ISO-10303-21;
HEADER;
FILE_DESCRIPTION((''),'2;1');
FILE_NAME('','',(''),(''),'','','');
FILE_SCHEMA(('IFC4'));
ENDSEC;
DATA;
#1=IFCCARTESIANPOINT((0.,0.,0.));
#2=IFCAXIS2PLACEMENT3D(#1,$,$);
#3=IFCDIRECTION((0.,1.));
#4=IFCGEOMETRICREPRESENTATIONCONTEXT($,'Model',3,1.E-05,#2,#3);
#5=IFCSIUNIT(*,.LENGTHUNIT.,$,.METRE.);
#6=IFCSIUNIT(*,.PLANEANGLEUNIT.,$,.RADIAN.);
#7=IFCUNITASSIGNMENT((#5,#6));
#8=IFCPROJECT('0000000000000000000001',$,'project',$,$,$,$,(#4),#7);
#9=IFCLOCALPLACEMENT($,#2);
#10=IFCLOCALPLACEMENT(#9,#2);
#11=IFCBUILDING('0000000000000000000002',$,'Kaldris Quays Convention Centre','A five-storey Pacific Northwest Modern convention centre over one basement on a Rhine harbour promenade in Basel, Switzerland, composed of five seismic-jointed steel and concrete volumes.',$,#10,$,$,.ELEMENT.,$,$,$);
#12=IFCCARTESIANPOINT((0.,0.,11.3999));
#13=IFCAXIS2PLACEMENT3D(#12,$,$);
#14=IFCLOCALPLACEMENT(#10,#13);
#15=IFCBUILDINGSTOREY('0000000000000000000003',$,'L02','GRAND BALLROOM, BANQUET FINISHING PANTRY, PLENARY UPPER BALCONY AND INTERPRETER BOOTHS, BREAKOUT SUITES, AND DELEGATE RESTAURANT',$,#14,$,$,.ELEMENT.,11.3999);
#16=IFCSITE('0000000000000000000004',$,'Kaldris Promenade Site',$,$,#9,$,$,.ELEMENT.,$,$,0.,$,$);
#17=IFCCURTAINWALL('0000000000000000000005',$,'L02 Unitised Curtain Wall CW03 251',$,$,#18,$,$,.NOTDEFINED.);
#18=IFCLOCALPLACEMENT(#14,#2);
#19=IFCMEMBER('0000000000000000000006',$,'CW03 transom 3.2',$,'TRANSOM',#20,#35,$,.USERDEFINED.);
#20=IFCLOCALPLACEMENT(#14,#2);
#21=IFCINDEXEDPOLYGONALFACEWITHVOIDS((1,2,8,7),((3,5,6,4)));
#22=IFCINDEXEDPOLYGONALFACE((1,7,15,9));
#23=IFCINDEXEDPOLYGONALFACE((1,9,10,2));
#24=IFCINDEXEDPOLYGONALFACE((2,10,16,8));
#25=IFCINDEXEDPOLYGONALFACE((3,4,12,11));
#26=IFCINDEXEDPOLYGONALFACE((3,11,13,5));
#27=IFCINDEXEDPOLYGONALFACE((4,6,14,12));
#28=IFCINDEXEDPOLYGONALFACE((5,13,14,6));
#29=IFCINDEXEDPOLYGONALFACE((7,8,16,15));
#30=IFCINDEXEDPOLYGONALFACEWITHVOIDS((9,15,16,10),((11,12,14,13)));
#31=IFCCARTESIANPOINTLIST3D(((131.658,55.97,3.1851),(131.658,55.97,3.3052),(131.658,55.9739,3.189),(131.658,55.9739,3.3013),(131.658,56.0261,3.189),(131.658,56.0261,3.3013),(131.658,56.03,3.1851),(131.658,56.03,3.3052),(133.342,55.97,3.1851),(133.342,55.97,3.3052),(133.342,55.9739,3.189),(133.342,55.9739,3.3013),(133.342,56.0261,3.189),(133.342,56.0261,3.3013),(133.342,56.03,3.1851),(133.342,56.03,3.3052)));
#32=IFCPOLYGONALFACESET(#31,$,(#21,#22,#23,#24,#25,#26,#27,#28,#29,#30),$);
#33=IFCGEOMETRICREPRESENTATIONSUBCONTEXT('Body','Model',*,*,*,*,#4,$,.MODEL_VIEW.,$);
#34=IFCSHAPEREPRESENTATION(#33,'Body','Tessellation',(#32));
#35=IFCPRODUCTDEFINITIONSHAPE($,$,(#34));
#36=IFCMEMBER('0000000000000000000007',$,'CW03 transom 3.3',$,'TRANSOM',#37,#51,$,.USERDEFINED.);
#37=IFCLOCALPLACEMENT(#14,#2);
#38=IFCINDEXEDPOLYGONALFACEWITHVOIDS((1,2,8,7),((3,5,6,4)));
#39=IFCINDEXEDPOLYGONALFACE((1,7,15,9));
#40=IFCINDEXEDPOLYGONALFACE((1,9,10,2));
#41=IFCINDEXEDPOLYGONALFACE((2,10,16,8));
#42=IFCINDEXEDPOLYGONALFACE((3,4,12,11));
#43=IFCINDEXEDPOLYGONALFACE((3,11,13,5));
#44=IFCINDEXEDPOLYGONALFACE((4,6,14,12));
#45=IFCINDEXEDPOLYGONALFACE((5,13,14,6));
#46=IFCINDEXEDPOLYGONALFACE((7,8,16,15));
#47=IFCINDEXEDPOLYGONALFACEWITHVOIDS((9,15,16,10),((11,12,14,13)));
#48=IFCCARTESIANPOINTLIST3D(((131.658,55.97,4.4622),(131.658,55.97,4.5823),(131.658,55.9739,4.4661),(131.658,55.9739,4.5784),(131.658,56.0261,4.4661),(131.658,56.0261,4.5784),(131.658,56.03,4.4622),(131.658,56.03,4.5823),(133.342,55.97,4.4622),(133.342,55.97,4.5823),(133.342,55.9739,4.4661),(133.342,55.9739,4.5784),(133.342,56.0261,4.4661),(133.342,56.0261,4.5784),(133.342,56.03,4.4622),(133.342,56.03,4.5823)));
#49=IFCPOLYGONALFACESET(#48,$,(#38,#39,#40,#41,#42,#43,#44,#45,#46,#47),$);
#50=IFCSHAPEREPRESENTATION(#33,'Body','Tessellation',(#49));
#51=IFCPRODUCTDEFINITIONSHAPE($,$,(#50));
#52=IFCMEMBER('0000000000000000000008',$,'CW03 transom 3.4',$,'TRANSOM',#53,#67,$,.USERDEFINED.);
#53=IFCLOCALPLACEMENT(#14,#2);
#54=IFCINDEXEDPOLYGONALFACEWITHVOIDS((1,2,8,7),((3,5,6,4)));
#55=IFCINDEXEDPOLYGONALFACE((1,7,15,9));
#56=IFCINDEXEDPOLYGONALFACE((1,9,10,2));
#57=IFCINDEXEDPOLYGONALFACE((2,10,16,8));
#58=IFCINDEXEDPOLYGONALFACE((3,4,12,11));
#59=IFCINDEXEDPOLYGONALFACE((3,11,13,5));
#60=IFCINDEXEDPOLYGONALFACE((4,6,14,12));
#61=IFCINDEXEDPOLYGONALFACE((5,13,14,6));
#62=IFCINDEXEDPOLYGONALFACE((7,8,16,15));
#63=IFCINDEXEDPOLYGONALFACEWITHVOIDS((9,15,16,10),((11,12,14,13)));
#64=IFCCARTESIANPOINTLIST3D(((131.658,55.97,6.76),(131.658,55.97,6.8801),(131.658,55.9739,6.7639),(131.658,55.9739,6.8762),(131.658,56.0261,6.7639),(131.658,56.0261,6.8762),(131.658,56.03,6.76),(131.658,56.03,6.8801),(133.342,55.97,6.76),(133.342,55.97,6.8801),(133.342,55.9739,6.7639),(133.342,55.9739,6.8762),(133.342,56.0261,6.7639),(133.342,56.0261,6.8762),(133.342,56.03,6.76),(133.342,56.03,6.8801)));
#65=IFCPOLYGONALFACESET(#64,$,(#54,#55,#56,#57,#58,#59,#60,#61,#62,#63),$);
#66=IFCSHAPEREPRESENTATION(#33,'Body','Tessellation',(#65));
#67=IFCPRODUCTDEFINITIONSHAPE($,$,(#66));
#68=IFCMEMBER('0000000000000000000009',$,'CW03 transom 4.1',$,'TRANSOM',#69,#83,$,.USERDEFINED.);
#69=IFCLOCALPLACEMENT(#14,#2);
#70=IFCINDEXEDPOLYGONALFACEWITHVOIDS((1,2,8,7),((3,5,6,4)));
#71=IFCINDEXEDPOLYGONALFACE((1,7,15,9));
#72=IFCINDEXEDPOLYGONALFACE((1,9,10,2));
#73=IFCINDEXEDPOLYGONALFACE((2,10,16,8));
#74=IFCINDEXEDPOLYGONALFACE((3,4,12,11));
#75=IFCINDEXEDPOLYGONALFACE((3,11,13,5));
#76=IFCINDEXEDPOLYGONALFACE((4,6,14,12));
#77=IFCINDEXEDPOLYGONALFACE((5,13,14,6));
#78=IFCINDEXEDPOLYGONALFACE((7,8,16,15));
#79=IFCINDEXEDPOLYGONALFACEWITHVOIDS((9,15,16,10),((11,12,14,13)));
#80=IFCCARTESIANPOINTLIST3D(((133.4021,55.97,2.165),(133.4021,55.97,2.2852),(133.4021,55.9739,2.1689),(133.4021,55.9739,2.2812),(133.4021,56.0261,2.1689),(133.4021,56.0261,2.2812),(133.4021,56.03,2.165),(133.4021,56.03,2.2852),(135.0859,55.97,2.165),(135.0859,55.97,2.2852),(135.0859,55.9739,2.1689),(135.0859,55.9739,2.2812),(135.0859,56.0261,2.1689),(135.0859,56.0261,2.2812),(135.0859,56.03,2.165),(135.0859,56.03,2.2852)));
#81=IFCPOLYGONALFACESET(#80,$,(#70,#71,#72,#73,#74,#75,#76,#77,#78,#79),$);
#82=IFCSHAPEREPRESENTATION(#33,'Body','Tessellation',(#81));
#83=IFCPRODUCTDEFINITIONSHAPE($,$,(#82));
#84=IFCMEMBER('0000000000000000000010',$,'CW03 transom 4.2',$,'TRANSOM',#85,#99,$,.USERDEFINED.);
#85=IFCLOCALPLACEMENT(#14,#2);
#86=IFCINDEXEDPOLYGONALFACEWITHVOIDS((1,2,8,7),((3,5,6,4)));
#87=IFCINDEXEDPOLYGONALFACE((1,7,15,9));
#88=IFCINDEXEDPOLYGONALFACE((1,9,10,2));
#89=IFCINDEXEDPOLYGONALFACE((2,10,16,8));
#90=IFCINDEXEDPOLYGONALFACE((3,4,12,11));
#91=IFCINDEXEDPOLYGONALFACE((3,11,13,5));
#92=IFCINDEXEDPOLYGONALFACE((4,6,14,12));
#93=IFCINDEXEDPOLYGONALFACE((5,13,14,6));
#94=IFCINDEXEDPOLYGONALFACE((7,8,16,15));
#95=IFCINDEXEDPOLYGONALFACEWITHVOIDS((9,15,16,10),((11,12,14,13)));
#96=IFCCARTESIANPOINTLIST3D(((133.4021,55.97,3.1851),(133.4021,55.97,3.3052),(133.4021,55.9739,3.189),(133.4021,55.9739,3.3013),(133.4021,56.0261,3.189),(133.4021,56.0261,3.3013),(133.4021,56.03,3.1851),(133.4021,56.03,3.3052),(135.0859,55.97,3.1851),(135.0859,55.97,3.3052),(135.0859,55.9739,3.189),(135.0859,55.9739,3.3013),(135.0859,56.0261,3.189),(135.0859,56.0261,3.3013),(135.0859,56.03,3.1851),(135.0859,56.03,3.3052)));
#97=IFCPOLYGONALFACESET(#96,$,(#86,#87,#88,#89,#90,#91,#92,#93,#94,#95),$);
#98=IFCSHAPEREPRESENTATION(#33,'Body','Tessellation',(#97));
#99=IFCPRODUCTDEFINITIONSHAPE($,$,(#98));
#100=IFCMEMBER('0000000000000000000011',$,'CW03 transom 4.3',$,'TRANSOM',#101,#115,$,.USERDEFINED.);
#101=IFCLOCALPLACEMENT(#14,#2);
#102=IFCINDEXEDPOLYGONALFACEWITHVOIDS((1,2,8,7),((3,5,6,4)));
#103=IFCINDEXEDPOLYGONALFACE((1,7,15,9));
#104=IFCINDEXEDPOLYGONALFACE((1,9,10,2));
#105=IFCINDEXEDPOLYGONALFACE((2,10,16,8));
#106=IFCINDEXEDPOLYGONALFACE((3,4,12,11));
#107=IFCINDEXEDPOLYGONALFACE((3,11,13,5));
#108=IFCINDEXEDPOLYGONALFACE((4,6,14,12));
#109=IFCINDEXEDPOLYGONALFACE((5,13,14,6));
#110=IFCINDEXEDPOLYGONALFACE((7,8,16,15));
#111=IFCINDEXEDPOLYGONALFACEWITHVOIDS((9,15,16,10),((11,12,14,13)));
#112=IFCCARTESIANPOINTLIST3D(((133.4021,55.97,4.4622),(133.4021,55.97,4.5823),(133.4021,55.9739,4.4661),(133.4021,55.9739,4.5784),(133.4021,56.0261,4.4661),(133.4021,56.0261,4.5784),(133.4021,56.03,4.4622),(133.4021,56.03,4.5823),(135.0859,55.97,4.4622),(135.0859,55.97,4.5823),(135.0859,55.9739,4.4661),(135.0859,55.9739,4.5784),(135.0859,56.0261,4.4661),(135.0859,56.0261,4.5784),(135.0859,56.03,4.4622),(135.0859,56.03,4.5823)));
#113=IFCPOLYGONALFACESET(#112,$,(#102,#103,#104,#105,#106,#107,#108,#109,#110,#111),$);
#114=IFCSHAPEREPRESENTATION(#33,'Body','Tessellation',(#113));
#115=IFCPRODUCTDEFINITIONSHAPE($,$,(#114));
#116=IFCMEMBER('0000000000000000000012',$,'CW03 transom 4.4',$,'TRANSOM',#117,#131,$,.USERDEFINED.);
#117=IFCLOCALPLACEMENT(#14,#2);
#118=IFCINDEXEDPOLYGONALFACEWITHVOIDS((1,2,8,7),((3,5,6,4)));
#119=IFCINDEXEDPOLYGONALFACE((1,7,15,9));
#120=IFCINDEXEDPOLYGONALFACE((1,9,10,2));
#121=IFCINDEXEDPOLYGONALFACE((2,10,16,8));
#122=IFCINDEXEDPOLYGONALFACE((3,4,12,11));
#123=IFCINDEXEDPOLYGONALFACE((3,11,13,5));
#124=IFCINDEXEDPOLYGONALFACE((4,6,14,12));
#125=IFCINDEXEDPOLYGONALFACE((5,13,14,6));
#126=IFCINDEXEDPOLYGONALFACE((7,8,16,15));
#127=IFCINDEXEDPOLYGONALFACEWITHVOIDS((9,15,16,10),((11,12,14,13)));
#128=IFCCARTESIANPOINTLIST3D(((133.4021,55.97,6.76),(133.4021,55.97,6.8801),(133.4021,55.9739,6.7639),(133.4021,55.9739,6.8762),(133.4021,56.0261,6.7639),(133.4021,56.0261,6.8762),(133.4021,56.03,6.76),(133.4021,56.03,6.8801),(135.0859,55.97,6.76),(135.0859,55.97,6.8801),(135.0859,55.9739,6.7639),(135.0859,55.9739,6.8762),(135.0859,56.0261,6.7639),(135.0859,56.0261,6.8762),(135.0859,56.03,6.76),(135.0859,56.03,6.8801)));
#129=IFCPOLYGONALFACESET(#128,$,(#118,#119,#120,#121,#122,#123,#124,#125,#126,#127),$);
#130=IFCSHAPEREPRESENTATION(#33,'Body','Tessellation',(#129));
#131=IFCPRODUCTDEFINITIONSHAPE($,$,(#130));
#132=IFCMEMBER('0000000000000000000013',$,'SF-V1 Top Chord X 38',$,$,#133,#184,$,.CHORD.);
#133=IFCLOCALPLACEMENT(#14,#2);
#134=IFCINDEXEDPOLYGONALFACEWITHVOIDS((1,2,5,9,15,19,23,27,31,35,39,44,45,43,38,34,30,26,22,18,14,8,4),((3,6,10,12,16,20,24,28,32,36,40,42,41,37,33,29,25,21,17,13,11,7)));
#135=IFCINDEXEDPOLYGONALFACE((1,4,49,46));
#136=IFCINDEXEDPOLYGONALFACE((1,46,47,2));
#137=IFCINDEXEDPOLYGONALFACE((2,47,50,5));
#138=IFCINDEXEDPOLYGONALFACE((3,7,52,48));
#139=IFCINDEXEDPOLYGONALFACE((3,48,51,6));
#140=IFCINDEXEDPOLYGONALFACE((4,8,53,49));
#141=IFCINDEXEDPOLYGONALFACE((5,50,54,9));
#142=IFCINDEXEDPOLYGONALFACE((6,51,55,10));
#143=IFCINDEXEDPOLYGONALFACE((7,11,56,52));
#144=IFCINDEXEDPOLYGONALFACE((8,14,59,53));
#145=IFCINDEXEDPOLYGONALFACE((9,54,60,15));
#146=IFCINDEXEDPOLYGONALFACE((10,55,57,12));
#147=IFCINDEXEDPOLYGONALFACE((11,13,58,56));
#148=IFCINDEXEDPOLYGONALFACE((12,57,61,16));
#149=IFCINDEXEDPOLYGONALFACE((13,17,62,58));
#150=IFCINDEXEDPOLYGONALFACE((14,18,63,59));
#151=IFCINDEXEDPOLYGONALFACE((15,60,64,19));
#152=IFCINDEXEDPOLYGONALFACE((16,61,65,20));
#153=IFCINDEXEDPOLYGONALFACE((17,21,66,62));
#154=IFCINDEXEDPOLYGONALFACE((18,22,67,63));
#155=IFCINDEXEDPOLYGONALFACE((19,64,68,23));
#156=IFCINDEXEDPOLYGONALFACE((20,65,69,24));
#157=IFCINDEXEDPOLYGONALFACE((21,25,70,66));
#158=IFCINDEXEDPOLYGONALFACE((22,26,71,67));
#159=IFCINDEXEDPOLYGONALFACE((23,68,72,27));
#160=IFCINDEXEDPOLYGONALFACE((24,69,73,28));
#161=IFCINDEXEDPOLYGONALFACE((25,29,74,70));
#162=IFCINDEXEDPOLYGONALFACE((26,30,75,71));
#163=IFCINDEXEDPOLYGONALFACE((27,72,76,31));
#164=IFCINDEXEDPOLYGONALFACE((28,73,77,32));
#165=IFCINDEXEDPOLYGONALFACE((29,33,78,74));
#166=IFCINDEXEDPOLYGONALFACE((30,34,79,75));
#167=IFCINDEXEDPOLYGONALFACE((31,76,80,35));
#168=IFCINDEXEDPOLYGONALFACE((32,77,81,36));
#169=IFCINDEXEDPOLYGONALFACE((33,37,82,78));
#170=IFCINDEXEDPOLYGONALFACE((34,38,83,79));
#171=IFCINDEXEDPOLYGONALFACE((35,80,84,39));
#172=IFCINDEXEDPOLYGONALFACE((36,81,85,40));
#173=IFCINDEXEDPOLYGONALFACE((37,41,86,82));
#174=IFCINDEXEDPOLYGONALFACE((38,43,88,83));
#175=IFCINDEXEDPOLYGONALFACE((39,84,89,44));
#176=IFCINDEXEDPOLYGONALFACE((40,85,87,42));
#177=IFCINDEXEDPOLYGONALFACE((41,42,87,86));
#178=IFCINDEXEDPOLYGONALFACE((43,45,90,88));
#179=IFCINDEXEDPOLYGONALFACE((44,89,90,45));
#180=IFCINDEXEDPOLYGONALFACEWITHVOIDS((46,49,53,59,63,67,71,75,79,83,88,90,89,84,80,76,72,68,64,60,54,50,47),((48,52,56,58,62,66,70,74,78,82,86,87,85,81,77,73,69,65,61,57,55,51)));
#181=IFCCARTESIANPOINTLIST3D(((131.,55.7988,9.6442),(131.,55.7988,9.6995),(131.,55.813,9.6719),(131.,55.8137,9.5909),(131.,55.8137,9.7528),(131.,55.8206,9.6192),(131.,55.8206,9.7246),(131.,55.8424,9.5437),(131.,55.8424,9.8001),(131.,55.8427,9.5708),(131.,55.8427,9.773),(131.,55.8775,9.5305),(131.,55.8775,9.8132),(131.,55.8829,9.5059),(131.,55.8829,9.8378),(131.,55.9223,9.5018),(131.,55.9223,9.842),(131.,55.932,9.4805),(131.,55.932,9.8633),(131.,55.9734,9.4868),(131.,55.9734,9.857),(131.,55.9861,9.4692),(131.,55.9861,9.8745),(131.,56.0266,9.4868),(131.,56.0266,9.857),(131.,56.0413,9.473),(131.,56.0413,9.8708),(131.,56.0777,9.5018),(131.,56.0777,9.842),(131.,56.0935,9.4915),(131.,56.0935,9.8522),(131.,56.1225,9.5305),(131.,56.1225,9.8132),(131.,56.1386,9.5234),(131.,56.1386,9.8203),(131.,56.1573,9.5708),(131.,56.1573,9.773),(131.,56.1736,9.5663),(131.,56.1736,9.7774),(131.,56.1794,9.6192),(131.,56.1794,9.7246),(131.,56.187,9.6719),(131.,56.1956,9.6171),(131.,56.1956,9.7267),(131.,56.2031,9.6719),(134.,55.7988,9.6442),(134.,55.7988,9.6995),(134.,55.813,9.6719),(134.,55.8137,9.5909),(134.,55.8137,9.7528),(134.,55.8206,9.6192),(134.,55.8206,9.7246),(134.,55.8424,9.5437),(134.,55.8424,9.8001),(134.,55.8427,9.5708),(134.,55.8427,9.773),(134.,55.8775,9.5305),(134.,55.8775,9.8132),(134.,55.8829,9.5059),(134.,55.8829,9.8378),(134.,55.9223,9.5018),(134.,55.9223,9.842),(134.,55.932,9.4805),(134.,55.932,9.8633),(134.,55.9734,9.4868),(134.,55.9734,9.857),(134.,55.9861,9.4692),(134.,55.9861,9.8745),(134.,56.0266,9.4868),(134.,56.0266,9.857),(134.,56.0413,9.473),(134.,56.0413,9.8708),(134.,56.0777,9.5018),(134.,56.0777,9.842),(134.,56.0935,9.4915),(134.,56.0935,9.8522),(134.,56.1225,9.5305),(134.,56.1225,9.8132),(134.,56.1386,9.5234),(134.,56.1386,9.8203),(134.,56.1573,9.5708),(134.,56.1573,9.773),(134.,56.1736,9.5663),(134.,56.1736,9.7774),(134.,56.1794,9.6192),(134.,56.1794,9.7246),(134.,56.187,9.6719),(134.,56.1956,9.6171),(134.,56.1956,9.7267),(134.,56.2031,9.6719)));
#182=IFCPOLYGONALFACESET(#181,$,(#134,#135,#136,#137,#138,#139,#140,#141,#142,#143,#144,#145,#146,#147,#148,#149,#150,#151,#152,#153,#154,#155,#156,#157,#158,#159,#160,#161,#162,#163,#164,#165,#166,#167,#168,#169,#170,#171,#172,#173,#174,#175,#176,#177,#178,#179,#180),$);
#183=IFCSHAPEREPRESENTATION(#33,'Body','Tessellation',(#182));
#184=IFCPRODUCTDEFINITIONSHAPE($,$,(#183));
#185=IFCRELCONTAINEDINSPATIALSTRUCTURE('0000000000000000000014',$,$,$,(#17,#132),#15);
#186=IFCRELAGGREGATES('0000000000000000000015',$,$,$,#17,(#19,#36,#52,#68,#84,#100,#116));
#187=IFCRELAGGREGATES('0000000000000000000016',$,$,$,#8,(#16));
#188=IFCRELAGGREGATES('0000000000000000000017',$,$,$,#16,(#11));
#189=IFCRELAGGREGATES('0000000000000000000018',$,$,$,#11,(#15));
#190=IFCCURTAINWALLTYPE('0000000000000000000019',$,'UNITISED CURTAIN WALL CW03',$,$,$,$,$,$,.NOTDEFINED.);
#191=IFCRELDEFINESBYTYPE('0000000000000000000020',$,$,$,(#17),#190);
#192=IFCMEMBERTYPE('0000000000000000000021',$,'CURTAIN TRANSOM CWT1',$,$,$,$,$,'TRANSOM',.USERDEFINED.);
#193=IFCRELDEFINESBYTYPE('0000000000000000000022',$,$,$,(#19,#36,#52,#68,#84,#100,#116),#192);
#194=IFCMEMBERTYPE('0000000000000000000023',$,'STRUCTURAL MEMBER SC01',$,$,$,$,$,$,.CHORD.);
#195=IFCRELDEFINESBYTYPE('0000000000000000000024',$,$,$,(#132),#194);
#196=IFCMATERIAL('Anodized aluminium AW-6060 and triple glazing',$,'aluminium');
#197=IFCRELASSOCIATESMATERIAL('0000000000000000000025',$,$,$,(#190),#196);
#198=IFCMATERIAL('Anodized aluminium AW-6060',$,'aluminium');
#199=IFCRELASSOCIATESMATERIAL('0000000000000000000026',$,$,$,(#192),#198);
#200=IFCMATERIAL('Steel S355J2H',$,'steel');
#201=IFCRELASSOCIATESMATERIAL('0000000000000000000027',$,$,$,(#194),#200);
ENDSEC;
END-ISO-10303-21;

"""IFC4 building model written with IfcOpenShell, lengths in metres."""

from ifc_helpers import new_model, si_unit, direction, frame, origin, origin_2d, place, context, subcontext, project, spatial, hollow_rectangle, hollow_circle, extrude, material, material_profile, profile_set, type_object, element, aggregate, save


model = new_model("IFC4")

# Units and contexts
model_context = context("Model", 3, precision=1e-05, world=origin(), true_north=direction((0.0, 1.0)))
body_context = subcontext(model_context, "Body", "Model", "MODEL_VIEW")
ifc_project = project(units=[si_unit("LENGTHUNIT", "METRE"), si_unit("PLANEANGLEUNIT", "RADIAN")], contexts=[model_context])

# Site, building, storey
site_placement = place(None, origin())
site = spatial("IfcSite", under=ifc_project, at=site_placement, Name="Kaldris Promenade Site", CompositionType="ELEMENT", RefElevation=0.0)
building_placement = place(site_placement, origin())
building = spatial("IfcBuilding", under=site, at=building_placement, Name="Kaldris Quays Convention Centre", Description="A five-storey Pacific Northwest Modern convention centre over one basement on a Rhine harbour promenade in Basel, Switzerland, composed of five seismic-jointed steel and concrete volumes.", CompositionType="ELEMENT")
storey_placement = place(building_placement, frame((0.0, 0.0, 11.3999)))
storey = spatial("IfcBuildingStorey", under=building, at=storey_placement, Name="L02", Description="GRAND BALLROOM, BANQUET FINISHING PANTRY, PLENARY UPPER BALCONY AND INTERPRETER BOOTHS, BREAKOUT SUITES, AND DELEGATE RESTAURANT", CompositionType="ELEMENT", Elevation=11.3999)

# Curtain wall, members
ifc_material_1 = material(Name="Anodized aluminium AW-6060 and triple glazing", Category="aluminium")
curtain_wall_type = type_object("IfcCurtainWallType", Name="UNITISED CURTAIN WALL CW03", PredefinedType="NOTDEFINED", material=ifc_material_1)
curtain_wall_placement = place(storey_placement, origin())
curtain_wall = element("IfcCurtainWall", 1, at=curtain_wall_placement, inside=storey, type_object=curtain_wall_type, Name="L02 Unitised Curtain Wall CW03 251", PredefinedType="NOTDEFINED")
ifc_material_2 = material(Name="Anodized aluminium AW-6060", Category="aluminium")
ifc_material_profile_1 = material_profile(ifc_material_2, hollow_rectangle(XDim=0.0601, YDim=0.1201, WallThickness=0.0039, at=origin_2d()), Name="RHS 120x60x4")
ifc_profile_set_1 = profile_set([ifc_material_profile_1], Name="Anodized aluminium AW-6060")
member_type_1 = type_object("IfcMemberType", Name="CURTAIN TRANSOM CWT1", ElementType="TRANSOM", PredefinedType="USERDEFINED", material=ifc_profile_set_1)
member_1_placement = place(storey_placement, frame((131.658, 56.0, 3.2451), z_axis=(1.0, 0.0, 0.0), x_axis=(0.0, 1.0, 0.0)))
member_1 = element("IfcMember", 2, at=member_1_placement, type_object=member_type_1, Name="CW03 transom 3.2", ObjectType="TRANSOM", PredefinedType="USERDEFINED", context=body_context, shape_type="SweptSolid", body=[
    extrude(hollow_rectangle(XDim=0.0601, YDim=0.1201, WallThickness=0.0039, at=origin_2d()), origin(), (0.0, 0.0, 1.0), 1.6841),
])
member_2_placement = place(storey_placement, frame((131.658, 56.0, 4.5222), z_axis=(1.0, 0.0, 0.0), x_axis=(0.0, 1.0, 0.0)))
member_2 = element("IfcMember", 3, at=member_2_placement, type_object=member_type_1, Name="CW03 transom 3.3", ObjectType="TRANSOM", PredefinedType="USERDEFINED", context=body_context, shape_type="SweptSolid", body=[
    extrude(hollow_rectangle(XDim=0.0601, YDim=0.1201, WallThickness=0.0039, at=origin_2d()), origin(), (0.0, 0.0, 1.0), 1.6841),
])
member_3_placement = place(storey_placement, frame((131.658, 56.0, 6.8201), z_axis=(1.0, 0.0, 0.0), x_axis=(0.0, 1.0, 0.0)))
member_3 = element("IfcMember", 4, at=member_3_placement, type_object=member_type_1, Name="CW03 transom 3.4", ObjectType="TRANSOM", PredefinedType="USERDEFINED", context=body_context, shape_type="SweptSolid", body=[
    extrude(hollow_rectangle(XDim=0.0601, YDim=0.1201, WallThickness=0.0039, at=origin_2d()), origin(), (0.0, 0.0, 1.0), 1.6841),
])
member_4_placement = place(storey_placement, frame((133.4021, 56.0, 2.2251), z_axis=(1.0, 0.0, 0.0), x_axis=(0.0, 1.0, 0.0)))
member_4 = element("IfcMember", 5, at=member_4_placement, type_object=member_type_1, Name="CW03 transom 4.1", ObjectType="TRANSOM", PredefinedType="USERDEFINED", context=body_context, shape_type="SweptSolid", body=[
    extrude(hollow_rectangle(XDim=0.0601, YDim=0.1201, WallThickness=0.0039, at=origin_2d()), origin(), (0.0, 0.0, 1.0), 1.6838),
])
member_5_placement = place(storey_placement, frame((133.4021, 56.0, 3.2451), z_axis=(1.0, 0.0, 0.0), x_axis=(0.0, 1.0, 0.0)))
member_5 = element("IfcMember", 6, at=member_5_placement, type_object=member_type_1, Name="CW03 transom 4.2", ObjectType="TRANSOM", PredefinedType="USERDEFINED", context=body_context, shape_type="SweptSolid", body=[
    extrude(hollow_rectangle(XDim=0.0601, YDim=0.1201, WallThickness=0.0039, at=origin_2d()), origin(), (0.0, 0.0, 1.0), 1.6838),
])
member_6_placement = place(storey_placement, frame((133.4021, 56.0, 4.5222), z_axis=(1.0, 0.0, 0.0), x_axis=(0.0, 1.0, 0.0)))
member_6 = element("IfcMember", 7, at=member_6_placement, type_object=member_type_1, Name="CW03 transom 4.3", ObjectType="TRANSOM", PredefinedType="USERDEFINED", context=body_context, shape_type="SweptSolid", body=[
    extrude(hollow_rectangle(XDim=0.0601, YDim=0.1201, WallThickness=0.0039, at=origin_2d()), origin(), (0.0, 0.0, 1.0), 1.6838),
])
member_7_placement = place(storey_placement, frame((133.4021, 56.0, 6.8201), z_axis=(1.0, 0.0, 0.0), x_axis=(0.0, 1.0, 0.0)))
member_7 = element("IfcMember", 8, at=member_7_placement, type_object=member_type_1, Name="CW03 transom 4.4", ObjectType="TRANSOM", PredefinedType="USERDEFINED", context=body_context, shape_type="SweptSolid", body=[
    extrude(hollow_rectangle(XDim=0.0601, YDim=0.1201, WallThickness=0.0039, at=origin_2d()), origin(), (0.0, 0.0, 1.0), 1.6838),
])

# Member
ifc_material_3 = material(Name="Steel S355J2H", Category="steel")
ifc_material_profile_2 = material_profile(ifc_material_3, hollow_circle(Radius=0.2031, WallThickness=0.0161, at=origin_2d()), Name="CHS 406.4x16")
ifc_profile_set_2 = profile_set([ifc_material_profile_2], Name="Steel S355J2H")
member_type_2 = type_object("IfcMemberType", Name="STRUCTURAL MEMBER SC01", PredefinedType="CHORD", material=ifc_profile_set_2)
member_8_placement = place(storey_placement, frame((131.0, 56.0, 9.6719), z_axis=(1.0, 0.0, 0.0), x_axis=(0.0, 1.0, 0.0)))
element("IfcMember", 9, at=member_8_placement, inside=storey, type_object=member_type_2, Name="SF-V1 Top Chord X 38", PredefinedType="CHORD", context=body_context, shape_type="SweptSolid", body=[
    extrude(hollow_circle(Radius=0.2031, WallThickness=0.0161, at=origin_2d()), origin(), (0.0, 0.0, 1.0), 3.0),
])

aggregate(curtain_wall, [member_1, member_2, member_3, member_4, member_5, member_6, member_7])

save(model, "model.ifc")
